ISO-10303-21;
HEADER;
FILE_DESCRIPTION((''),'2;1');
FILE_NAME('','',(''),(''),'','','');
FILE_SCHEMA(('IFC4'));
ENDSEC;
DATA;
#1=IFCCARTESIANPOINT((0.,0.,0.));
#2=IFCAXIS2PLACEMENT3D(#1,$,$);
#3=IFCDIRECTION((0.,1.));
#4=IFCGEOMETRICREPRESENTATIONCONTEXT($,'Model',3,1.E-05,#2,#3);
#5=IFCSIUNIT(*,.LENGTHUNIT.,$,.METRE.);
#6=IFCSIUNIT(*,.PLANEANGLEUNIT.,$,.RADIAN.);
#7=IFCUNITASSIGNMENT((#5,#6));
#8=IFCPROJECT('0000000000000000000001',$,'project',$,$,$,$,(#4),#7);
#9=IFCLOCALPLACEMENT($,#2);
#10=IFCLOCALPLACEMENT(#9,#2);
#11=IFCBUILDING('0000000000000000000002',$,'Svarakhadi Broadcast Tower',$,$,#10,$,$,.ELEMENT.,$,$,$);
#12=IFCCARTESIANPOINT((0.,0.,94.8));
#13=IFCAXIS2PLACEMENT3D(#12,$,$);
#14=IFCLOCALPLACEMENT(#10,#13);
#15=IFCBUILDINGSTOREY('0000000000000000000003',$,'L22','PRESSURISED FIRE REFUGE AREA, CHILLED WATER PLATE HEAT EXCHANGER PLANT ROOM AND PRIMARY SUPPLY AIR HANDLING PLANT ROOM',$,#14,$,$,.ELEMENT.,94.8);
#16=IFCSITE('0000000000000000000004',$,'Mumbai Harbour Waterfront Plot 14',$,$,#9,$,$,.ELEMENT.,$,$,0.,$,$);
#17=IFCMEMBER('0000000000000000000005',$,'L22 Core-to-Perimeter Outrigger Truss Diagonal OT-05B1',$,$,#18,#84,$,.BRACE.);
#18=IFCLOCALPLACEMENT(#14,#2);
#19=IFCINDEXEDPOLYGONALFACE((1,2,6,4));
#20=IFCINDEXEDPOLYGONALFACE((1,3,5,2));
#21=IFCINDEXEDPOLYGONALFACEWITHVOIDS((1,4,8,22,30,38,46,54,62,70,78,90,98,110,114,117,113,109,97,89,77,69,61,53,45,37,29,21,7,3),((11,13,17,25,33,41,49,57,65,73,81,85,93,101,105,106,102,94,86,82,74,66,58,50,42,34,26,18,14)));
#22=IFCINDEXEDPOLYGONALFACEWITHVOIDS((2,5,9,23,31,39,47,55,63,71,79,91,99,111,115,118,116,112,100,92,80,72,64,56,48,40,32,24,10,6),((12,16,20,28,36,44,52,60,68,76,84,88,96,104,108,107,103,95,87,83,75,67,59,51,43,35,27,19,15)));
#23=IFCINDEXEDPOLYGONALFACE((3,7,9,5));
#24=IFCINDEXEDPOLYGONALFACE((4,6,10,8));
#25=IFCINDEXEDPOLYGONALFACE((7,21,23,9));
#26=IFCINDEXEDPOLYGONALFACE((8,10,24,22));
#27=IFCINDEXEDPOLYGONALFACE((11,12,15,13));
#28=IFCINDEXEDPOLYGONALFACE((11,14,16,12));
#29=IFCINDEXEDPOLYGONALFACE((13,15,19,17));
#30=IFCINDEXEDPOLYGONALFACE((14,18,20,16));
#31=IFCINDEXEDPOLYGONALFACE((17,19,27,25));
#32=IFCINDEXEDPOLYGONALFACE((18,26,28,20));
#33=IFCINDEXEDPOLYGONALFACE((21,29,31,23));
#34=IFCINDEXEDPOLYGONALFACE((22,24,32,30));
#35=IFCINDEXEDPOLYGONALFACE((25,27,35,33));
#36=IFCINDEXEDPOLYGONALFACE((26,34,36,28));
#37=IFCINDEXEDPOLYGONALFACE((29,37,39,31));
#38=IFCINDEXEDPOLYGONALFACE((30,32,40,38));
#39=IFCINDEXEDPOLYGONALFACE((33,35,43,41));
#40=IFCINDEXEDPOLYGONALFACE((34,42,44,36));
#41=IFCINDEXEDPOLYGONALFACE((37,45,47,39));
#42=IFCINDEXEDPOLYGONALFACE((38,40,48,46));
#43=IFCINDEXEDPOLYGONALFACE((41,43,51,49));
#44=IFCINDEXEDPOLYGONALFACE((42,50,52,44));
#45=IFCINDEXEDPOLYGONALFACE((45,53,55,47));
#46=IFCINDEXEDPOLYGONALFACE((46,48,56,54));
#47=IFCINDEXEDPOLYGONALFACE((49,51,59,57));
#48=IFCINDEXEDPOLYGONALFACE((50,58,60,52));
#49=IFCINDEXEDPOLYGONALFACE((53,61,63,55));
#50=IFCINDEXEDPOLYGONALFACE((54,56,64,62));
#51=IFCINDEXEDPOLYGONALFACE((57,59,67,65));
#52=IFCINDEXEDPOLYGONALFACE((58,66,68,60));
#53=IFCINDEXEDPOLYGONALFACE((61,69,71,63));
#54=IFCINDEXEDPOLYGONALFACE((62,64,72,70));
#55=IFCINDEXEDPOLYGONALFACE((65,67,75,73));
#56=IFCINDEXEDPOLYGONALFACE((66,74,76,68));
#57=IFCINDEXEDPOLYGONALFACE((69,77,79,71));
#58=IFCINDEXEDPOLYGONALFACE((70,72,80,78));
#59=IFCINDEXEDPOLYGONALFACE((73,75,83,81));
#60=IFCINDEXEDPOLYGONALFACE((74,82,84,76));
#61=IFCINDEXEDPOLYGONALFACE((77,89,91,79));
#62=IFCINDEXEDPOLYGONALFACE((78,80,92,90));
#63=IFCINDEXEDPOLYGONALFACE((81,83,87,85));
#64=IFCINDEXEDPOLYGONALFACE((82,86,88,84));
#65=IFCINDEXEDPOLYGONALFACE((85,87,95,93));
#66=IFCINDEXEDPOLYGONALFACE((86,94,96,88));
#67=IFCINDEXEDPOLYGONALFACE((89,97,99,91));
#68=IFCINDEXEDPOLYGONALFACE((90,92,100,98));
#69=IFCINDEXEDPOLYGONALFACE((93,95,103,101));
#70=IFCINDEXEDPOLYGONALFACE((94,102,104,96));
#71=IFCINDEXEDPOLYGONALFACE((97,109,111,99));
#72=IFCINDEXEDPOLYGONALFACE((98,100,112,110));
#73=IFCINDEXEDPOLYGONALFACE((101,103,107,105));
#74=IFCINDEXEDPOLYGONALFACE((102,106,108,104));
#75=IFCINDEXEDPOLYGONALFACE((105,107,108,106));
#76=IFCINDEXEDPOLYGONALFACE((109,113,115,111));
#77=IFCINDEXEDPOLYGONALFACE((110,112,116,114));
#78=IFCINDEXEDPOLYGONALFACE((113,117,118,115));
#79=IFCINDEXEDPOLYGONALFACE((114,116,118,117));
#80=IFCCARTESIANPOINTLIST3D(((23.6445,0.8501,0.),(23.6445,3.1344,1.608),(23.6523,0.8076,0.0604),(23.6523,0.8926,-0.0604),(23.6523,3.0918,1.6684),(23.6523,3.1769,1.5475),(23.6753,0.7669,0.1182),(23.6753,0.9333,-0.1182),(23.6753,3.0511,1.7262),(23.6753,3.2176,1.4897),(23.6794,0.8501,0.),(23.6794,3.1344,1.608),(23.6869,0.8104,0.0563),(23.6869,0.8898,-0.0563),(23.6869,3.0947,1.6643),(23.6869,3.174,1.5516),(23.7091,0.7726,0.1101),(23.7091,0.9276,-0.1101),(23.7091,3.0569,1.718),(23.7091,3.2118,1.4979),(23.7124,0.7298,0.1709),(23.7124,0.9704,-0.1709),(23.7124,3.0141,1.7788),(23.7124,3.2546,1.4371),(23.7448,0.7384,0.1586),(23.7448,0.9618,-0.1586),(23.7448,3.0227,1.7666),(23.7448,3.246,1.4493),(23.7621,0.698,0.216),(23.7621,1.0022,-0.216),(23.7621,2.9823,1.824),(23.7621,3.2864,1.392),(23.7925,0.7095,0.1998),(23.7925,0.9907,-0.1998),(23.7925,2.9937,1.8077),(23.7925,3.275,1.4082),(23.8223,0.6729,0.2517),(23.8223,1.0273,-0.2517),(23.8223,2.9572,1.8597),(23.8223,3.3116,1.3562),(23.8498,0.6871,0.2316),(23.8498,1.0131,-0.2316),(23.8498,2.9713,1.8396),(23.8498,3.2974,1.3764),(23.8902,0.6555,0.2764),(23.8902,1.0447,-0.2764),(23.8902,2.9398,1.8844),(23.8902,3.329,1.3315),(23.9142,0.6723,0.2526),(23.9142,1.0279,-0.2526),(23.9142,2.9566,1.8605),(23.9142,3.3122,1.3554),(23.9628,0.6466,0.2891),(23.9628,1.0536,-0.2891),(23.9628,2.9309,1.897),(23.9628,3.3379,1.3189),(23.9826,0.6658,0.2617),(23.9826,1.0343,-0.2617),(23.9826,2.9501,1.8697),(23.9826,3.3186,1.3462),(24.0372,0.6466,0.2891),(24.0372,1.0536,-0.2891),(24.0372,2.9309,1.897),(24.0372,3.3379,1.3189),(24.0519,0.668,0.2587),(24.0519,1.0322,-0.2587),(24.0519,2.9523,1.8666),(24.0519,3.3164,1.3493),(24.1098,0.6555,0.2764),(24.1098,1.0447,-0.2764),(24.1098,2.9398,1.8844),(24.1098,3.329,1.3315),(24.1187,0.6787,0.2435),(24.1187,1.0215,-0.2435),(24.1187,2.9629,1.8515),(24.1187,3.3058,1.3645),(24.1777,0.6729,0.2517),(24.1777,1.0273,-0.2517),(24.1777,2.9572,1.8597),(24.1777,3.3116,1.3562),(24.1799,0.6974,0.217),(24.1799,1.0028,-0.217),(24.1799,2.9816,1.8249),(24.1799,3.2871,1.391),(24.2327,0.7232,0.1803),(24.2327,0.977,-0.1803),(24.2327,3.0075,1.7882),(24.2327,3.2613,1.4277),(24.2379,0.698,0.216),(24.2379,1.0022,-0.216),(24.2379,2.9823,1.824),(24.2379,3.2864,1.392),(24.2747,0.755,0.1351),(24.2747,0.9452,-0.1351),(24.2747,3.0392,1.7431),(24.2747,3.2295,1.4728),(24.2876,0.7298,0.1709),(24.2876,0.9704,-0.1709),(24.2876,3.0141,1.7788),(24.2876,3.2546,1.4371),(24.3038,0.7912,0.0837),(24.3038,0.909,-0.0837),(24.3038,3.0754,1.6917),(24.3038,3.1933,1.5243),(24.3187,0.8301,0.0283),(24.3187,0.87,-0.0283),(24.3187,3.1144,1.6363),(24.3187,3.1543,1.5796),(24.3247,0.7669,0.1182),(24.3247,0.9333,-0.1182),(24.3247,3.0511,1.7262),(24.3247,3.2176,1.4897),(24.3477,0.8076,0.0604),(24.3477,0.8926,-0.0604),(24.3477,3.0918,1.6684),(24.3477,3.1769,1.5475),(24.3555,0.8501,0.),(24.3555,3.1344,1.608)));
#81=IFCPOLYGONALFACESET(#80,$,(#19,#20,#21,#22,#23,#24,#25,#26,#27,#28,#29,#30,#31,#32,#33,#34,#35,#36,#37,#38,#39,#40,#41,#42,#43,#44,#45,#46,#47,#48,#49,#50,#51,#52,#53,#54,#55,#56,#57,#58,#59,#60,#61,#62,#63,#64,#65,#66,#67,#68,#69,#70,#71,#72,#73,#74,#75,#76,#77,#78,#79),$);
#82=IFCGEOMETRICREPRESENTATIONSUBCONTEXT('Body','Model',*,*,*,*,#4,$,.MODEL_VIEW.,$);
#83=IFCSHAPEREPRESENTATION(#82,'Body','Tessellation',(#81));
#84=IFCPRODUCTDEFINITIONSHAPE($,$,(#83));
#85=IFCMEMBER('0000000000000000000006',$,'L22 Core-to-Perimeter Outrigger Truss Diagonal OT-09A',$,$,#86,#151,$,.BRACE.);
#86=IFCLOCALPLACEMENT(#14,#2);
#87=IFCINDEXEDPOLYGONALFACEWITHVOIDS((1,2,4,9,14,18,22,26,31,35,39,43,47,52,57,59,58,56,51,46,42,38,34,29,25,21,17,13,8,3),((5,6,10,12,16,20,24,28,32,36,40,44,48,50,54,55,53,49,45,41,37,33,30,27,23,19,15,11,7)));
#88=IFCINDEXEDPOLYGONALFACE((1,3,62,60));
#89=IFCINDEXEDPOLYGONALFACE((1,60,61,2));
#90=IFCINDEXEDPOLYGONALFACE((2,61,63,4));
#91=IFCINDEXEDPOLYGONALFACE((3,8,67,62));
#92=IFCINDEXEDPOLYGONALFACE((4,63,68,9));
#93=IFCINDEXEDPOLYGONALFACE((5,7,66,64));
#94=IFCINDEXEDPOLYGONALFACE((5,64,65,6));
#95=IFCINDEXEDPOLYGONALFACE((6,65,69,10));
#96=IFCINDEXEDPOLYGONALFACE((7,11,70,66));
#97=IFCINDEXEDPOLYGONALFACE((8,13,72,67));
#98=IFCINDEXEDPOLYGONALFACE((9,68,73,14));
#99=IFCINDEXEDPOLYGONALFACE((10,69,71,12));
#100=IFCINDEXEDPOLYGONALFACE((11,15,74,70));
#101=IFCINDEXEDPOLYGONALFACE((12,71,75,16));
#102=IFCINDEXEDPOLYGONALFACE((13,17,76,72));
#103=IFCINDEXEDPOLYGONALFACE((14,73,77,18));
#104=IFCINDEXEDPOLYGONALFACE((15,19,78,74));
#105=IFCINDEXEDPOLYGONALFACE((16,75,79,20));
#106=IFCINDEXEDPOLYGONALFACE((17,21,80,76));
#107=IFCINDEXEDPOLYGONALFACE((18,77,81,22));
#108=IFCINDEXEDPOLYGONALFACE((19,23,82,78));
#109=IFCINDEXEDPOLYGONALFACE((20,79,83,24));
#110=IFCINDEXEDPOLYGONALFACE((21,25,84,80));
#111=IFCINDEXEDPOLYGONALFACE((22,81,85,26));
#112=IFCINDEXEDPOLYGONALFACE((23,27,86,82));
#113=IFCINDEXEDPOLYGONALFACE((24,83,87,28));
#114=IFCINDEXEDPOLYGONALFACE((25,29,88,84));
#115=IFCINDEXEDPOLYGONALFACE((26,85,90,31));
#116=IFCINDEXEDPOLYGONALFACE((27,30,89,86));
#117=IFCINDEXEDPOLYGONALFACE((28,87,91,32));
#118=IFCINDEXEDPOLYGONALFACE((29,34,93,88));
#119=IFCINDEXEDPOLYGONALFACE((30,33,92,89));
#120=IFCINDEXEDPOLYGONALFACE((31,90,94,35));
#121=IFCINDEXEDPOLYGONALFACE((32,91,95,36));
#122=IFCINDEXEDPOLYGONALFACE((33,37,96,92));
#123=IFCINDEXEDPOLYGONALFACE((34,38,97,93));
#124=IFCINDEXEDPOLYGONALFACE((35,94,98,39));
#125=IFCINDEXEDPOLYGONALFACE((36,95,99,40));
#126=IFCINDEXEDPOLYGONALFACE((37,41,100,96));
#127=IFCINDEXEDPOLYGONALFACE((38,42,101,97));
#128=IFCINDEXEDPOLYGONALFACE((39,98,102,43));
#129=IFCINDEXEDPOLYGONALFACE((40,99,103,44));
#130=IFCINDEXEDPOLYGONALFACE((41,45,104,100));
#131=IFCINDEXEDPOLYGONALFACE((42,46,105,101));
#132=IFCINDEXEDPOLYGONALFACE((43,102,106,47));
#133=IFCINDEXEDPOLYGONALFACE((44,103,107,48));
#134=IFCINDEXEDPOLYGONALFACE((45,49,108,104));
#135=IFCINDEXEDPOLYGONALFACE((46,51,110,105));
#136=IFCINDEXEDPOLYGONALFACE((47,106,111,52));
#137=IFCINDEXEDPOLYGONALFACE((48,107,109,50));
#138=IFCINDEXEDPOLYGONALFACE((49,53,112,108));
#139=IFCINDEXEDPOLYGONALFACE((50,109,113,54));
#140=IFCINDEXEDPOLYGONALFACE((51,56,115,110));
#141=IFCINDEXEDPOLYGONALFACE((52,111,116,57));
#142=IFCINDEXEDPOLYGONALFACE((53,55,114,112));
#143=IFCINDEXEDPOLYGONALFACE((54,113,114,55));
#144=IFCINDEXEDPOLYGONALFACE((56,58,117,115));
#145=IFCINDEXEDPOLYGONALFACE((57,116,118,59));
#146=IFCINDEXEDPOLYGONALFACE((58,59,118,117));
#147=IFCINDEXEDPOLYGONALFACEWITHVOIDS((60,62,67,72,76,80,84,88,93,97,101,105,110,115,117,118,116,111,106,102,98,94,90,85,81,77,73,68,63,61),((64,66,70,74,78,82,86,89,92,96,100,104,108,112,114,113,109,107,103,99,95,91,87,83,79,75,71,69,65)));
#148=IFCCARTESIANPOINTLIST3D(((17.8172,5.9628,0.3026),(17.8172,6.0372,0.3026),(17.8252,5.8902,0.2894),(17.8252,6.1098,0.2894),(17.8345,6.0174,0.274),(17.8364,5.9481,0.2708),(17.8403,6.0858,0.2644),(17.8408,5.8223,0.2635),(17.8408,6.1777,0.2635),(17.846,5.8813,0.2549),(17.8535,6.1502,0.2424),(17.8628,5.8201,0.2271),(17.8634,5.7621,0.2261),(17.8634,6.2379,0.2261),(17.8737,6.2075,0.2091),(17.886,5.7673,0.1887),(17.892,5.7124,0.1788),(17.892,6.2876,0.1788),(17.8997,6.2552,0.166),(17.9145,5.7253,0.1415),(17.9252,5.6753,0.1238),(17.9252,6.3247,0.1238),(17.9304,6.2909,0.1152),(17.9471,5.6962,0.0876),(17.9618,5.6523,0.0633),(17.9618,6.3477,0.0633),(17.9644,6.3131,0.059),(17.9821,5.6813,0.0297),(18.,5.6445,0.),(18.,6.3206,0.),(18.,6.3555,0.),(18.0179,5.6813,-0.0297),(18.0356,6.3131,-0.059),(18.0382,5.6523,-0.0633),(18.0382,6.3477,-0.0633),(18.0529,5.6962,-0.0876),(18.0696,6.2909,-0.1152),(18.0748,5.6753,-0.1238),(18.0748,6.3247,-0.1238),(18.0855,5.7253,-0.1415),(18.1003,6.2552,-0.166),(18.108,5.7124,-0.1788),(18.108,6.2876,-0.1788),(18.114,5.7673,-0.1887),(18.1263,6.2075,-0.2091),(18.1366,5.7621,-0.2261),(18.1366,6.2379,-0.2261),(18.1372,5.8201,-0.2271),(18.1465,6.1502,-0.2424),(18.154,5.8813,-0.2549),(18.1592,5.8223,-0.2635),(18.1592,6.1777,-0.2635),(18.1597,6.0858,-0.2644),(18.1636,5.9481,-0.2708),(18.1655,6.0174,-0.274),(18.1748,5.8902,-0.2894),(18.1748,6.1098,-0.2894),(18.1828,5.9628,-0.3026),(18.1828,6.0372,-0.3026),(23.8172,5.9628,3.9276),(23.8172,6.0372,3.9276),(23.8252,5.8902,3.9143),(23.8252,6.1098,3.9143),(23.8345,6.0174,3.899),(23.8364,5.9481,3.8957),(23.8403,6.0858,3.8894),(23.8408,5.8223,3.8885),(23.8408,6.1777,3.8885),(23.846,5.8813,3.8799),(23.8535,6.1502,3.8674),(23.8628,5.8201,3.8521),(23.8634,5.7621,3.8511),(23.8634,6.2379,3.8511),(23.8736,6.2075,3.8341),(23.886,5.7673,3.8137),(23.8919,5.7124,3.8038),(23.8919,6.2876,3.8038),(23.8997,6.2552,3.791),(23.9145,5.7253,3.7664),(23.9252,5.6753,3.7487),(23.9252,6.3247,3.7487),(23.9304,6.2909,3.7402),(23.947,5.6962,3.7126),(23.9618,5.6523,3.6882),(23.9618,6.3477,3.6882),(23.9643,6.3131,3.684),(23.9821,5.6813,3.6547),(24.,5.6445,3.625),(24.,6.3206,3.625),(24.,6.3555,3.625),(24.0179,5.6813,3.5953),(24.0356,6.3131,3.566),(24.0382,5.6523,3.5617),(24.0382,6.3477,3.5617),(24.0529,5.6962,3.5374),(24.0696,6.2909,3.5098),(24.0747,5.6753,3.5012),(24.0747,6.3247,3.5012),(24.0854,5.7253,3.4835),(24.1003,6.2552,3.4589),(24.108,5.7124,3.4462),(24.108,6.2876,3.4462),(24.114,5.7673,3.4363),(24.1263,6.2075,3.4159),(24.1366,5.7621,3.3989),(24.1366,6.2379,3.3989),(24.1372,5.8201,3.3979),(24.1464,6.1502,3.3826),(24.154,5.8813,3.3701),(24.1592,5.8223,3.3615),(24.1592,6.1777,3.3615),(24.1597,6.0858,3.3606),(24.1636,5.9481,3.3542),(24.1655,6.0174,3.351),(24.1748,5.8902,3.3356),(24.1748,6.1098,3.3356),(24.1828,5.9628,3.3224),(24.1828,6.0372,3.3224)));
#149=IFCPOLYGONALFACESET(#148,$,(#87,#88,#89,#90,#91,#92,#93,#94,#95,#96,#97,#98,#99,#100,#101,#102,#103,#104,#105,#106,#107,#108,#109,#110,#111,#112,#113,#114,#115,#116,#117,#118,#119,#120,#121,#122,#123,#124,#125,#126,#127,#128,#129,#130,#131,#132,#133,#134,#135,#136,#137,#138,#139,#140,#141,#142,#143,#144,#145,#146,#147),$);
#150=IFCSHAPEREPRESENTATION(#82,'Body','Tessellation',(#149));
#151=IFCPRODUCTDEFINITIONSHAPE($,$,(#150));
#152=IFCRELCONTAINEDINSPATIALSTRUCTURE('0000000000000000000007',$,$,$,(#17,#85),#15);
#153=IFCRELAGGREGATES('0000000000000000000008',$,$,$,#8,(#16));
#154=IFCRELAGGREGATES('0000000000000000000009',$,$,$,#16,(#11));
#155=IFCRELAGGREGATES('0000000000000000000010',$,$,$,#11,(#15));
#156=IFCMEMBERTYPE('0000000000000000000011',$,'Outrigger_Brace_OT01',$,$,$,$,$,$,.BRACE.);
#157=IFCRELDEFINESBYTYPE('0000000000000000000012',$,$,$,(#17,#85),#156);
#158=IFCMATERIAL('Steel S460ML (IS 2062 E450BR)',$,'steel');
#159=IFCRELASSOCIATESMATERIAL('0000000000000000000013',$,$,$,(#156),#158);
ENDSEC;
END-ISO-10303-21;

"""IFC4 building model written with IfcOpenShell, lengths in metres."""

from ifc_helpers import new_model, si_unit, direction, frame, origin, origin_2d, place, context, subcontext, project, spatial, hollow_circle, extrude, material, material_profile, profile_set, type_object, element, save


model = new_model("IFC4")

# Units and contexts
model_context = context("Model", 3, precision=1e-05, world=origin(), true_north=direction((0.0, 1.0)))
body_context = subcontext(model_context, "Body", "Model", "MODEL_VIEW")
ifc_project = project(units=[si_unit("LENGTHUNIT", "METRE"), si_unit("PLANEANGLEUNIT", "RADIAN")], contexts=[model_context])

# Site, building, storey
site_placement = place(None, origin())
site = spatial("IfcSite", under=ifc_project, at=site_placement, Name="Mumbai Harbour Waterfront Plot 14", CompositionType="ELEMENT", RefElevation=0.0)
building_placement = place(site_placement, origin())
building = spatial("IfcBuilding", under=site, at=building_placement, Name="Svarakhadi Broadcast Tower", CompositionType="ELEMENT")
storey_placement = place(building_placement, frame((0.0, 0.0, 94.8)))
storey = spatial("IfcBuildingStorey", under=building, at=storey_placement, Name="L22", Description="PRESSURISED FIRE REFUGE AREA, CHILLED WATER PLATE HEAT EXCHANGER PLANT ROOM AND PRIMARY SUPPLY AIR HANDLING PLANT ROOM", CompositionType="ELEMENT", Elevation=94.8)

# Shared definitions
ifc_material_1 = material(Name="Steel S460ML (IS 2062 E450BR)", Category="steel")

# Members
ifc_material_profile_1 = material_profile(ifc_material_1, hollow_circle(Radius=0.3555, WallThickness=0.0349, at=origin_2d()), Name="CHS 711x35")
ifc_profile_set_1 = profile_set([ifc_material_profile_1], Name="Steel S460ML (IS 2062 E450BR)")
member_type_1 = type_object("IfcMemberType", Name="Outrigger_Brace_OT01", PredefinedType="BRACE", material=ifc_profile_set_1)
member_1_placement = place(storey_placement, frame((24.0, 0.8501, 0.0), z_axis=(0.0, 0.817718, 0.575619), x_axis=(-1.0, 0.0, 0.0)))
element("IfcMember", 1, at=member_1_placement, inside=storey, type_object=member_type_1, Name="L22 Core-to-Perimeter Outrigger Truss Diagonal OT-05B1", PredefinedType="BRACE", context=body_context, shape_type="SweptSolid", body=[
    extrude(hollow_circle(Radius=0.3555, WallThickness=0.0349, at=origin_2d()), origin(), (0.0, 0.0, 1.0), 2.7935),
])
member_2_placement = place(storey_placement, frame((18.0, 6.0, 0.0), z_axis=(0.855916, 0.0, 0.517116), x_axis=(0.0, 1.0, 0.0)))
element("IfcMember", 2, at=member_2_placement, inside=storey, type_object=member_type_1, Name="L22 Core-to-Perimeter Outrigger Truss Diagonal OT-09A", PredefinedType="BRACE", context=body_context, shape_type="SweptSolid", body=[
    extrude(hollow_circle(Radius=0.3555, WallThickness=0.0349, at=origin_2d()), origin(), (0.0, 0.0, 1.0), 7.01),
])

save(model, "model.ifc")
